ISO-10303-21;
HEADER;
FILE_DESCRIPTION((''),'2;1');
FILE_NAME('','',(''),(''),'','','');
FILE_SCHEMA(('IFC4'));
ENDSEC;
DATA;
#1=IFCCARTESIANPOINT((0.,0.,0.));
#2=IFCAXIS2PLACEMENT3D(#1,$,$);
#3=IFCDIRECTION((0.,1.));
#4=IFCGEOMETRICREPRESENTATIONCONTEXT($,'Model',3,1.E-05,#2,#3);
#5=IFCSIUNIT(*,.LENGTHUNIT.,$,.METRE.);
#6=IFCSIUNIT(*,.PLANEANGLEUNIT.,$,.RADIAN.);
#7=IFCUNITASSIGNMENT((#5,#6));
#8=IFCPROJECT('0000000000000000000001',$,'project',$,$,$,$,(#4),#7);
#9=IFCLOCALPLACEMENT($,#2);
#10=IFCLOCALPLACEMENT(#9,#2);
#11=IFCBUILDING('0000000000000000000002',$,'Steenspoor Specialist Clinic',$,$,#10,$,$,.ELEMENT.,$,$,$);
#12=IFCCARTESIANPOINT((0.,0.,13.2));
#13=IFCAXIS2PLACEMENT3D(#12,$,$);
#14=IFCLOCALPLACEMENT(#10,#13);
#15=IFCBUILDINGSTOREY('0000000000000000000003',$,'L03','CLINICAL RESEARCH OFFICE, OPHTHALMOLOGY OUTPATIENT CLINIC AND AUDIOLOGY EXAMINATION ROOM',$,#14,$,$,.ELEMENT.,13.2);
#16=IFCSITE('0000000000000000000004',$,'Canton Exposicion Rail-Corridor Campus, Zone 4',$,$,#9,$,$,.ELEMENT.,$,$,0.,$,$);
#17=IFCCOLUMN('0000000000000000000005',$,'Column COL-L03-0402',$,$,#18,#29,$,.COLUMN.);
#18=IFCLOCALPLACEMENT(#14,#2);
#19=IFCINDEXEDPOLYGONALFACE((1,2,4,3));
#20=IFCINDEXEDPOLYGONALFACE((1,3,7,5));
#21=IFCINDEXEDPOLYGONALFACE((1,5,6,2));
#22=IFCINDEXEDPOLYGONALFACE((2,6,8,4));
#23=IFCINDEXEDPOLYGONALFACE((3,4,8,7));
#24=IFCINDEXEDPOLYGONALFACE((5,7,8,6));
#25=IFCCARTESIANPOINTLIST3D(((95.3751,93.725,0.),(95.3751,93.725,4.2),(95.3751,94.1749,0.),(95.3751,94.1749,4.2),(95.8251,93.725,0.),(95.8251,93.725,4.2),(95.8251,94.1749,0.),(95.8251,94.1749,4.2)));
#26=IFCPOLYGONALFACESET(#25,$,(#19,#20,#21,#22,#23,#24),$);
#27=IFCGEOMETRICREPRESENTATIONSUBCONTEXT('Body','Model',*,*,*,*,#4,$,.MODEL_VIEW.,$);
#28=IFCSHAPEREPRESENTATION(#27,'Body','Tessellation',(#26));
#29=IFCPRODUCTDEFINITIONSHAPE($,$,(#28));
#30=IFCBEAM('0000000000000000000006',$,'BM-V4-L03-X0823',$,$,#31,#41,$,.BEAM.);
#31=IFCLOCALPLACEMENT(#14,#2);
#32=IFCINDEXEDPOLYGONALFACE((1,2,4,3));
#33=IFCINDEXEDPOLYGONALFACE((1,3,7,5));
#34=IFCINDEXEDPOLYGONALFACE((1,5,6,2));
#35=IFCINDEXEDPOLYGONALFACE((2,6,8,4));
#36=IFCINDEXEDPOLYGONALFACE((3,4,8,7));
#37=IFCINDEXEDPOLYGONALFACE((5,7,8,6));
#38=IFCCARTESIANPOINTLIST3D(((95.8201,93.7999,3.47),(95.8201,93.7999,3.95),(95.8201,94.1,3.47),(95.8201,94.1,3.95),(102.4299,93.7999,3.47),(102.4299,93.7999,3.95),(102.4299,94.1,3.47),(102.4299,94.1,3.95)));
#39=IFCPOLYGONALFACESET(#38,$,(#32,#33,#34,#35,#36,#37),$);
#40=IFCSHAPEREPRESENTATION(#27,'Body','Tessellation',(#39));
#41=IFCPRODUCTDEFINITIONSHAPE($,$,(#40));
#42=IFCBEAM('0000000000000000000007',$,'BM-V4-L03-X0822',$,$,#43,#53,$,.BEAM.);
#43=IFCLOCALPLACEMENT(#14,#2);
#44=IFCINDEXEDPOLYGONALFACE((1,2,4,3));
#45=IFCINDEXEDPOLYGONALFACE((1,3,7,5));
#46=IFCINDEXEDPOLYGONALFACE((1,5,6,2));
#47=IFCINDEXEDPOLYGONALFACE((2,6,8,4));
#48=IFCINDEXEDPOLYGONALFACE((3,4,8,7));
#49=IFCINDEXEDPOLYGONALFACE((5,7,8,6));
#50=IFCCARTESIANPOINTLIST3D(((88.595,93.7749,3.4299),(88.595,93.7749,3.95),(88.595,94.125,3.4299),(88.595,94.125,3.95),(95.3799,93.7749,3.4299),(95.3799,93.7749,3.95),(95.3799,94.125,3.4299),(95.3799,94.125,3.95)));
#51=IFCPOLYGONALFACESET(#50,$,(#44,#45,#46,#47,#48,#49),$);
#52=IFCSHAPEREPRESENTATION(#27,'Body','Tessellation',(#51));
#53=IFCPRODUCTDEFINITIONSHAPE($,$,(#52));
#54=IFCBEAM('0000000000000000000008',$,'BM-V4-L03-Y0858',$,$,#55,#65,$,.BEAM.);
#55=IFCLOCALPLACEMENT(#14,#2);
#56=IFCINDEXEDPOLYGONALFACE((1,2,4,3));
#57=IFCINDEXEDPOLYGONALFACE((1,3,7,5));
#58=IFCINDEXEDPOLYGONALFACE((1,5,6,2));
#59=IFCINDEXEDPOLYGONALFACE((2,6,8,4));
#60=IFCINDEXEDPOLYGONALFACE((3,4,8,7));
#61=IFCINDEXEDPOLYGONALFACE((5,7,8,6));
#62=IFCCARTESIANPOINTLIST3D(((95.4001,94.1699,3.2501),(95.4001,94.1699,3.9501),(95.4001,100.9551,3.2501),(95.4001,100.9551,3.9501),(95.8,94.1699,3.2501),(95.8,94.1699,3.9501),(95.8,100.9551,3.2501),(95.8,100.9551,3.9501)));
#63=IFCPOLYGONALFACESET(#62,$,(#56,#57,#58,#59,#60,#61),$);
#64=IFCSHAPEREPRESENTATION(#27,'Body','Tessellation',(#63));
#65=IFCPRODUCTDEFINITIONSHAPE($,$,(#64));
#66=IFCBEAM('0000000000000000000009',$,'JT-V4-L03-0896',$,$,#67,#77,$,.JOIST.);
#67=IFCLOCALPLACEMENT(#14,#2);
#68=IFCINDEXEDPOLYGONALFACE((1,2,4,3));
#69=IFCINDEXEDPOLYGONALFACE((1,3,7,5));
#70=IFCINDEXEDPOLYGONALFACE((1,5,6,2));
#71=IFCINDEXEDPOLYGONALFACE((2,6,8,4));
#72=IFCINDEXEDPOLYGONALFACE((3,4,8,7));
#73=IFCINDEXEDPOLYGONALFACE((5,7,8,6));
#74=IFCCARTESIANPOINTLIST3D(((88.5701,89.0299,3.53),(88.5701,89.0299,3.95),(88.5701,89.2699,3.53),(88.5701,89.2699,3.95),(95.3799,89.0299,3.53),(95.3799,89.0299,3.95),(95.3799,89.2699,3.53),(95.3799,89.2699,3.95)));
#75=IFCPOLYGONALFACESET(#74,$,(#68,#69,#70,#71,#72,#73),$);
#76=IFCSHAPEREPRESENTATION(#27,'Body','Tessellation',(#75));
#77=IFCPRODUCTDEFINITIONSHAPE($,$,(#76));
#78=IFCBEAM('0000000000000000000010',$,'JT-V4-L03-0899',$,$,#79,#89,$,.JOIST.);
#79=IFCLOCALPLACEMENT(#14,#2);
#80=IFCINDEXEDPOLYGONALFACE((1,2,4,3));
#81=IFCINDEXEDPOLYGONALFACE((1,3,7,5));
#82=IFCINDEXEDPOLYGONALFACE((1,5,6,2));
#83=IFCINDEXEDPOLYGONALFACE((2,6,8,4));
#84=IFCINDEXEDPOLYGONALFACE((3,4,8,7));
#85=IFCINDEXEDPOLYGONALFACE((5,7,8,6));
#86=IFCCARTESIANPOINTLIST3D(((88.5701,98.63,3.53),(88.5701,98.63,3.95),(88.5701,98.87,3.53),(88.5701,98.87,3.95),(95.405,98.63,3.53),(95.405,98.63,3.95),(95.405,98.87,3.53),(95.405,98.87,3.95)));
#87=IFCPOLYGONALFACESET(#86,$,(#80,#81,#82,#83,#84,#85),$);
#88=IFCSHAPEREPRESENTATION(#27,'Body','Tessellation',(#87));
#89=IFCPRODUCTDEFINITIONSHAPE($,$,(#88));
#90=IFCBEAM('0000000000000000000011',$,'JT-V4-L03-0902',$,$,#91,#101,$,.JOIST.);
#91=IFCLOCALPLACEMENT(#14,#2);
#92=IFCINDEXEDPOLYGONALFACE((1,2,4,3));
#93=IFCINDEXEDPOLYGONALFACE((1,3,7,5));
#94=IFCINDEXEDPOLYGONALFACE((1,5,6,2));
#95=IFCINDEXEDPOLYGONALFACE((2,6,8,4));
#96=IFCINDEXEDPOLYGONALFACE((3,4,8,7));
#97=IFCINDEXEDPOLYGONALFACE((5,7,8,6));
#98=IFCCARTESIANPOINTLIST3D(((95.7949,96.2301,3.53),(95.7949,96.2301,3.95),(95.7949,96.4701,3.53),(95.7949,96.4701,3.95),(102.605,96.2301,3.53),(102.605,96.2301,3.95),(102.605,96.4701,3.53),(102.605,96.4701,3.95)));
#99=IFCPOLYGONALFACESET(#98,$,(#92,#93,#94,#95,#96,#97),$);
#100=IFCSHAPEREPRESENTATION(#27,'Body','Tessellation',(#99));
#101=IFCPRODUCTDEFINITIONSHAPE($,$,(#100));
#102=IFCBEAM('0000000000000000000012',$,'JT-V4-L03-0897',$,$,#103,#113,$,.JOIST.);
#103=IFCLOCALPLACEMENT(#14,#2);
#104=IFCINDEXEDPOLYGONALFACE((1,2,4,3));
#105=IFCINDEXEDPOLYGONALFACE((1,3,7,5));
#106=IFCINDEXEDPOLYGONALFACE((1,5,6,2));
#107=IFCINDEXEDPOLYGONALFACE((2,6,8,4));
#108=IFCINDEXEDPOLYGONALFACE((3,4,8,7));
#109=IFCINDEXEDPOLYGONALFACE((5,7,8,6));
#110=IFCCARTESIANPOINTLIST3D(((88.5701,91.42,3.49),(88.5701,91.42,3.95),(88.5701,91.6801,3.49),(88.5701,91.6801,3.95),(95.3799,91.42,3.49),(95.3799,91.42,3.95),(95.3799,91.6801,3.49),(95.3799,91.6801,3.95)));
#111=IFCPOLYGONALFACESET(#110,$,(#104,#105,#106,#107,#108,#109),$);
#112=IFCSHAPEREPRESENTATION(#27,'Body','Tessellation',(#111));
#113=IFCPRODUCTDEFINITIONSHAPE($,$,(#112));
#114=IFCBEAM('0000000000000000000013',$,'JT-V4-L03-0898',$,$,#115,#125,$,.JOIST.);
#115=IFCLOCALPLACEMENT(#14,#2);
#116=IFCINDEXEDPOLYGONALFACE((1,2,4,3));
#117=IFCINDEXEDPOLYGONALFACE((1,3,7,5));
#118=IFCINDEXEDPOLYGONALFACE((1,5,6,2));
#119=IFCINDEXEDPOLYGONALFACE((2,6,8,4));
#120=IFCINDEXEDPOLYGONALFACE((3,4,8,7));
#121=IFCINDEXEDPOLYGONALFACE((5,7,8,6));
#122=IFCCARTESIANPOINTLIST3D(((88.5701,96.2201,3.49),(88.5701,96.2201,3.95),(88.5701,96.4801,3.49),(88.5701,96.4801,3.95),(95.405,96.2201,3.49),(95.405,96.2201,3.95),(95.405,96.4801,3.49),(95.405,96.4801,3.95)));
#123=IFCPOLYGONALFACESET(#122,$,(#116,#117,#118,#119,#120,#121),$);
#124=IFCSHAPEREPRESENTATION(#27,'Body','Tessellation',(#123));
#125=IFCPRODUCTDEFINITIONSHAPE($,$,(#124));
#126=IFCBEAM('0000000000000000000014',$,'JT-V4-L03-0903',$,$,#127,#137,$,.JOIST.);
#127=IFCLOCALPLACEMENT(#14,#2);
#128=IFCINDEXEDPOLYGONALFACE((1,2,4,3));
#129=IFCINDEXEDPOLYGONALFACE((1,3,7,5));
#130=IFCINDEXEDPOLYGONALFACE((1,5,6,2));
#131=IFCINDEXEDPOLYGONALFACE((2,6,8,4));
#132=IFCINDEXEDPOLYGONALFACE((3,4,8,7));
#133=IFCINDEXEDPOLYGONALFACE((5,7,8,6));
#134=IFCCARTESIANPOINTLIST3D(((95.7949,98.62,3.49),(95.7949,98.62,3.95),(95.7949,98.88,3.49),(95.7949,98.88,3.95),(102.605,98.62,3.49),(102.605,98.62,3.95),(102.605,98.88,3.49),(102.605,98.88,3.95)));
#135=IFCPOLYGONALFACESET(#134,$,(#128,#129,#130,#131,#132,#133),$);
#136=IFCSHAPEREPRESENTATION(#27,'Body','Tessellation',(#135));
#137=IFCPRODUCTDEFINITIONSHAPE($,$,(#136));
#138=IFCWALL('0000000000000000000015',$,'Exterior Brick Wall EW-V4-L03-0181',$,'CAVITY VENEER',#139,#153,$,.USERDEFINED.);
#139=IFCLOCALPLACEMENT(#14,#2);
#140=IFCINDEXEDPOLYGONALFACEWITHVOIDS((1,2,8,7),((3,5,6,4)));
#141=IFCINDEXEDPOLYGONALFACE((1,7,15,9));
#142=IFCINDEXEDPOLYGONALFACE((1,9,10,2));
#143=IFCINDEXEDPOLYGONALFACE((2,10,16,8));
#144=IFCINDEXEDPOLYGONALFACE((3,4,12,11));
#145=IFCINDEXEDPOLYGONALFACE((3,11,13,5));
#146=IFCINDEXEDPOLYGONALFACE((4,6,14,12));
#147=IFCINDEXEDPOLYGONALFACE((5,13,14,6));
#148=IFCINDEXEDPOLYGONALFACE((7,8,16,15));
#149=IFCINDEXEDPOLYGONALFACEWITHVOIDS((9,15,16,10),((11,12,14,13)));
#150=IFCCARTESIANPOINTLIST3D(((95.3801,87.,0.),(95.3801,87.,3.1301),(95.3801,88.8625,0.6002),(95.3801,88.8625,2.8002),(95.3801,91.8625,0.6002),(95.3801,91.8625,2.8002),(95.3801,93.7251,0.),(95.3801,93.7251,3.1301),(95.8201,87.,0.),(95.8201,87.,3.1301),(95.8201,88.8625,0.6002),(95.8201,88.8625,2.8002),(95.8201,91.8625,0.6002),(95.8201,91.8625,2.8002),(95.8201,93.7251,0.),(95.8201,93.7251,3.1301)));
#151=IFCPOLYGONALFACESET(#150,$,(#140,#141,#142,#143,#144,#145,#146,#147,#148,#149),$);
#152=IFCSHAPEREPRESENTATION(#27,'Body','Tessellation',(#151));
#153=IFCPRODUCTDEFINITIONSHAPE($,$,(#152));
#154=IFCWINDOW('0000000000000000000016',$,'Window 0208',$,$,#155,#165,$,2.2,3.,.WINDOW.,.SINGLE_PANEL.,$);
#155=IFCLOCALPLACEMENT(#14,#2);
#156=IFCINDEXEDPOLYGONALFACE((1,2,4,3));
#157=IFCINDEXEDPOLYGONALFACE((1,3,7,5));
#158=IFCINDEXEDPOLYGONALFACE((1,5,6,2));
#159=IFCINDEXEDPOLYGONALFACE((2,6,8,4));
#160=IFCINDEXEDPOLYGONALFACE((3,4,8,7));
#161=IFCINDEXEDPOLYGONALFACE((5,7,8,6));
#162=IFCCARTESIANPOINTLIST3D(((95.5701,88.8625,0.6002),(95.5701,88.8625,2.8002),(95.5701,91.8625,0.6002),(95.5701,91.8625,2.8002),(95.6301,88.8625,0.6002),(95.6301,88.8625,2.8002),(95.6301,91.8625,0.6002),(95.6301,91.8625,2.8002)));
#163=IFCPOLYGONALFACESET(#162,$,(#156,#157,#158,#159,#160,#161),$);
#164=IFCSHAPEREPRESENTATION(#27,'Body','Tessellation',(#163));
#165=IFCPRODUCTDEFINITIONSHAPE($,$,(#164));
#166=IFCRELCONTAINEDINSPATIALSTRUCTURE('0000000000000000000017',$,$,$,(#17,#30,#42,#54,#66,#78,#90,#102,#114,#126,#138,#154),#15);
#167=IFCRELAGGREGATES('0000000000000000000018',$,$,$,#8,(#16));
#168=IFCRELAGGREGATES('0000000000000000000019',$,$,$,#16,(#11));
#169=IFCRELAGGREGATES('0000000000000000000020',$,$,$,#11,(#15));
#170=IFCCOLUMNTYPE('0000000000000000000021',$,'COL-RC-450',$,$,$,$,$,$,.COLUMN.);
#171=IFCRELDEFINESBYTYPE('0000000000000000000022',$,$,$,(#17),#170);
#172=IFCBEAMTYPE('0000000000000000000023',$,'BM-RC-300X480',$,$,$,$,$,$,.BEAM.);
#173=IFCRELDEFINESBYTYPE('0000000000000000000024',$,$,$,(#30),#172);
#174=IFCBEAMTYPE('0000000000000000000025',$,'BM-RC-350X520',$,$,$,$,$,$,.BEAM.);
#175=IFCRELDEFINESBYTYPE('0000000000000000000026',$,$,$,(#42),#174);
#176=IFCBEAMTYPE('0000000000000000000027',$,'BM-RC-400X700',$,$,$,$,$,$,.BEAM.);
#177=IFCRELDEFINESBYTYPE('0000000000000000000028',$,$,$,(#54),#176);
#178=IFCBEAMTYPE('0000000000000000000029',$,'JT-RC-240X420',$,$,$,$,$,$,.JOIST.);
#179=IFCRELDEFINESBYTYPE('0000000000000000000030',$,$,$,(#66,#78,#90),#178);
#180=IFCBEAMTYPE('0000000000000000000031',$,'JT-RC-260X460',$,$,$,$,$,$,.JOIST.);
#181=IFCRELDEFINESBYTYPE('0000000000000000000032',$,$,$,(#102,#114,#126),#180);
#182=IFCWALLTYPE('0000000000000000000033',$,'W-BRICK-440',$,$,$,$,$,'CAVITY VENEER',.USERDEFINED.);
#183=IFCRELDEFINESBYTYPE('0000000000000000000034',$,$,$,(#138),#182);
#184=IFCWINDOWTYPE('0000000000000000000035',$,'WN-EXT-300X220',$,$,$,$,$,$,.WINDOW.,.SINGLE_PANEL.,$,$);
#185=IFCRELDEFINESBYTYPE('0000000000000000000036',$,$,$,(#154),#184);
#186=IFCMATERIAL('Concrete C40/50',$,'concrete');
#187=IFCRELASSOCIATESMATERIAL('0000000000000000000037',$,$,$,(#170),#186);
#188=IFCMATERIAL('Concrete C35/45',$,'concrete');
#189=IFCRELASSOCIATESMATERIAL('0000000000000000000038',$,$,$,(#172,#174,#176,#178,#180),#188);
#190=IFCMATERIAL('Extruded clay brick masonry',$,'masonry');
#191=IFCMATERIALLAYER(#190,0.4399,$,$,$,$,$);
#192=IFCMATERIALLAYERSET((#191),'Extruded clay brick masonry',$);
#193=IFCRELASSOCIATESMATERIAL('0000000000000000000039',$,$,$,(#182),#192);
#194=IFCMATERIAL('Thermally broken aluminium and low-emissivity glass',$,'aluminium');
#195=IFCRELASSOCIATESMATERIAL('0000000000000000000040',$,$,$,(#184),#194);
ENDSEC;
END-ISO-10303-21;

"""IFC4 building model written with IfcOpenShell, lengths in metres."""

from ifc_helpers import new_model, si_unit, direction, frame, frame_2d, origin, origin_2d, place, context, subcontext, project, spatial, rectangle, extrude, material, layer, layer_set, material_profile, profile_set, type_object, element, fill, save


model = new_model("IFC4")

# Units and contexts
model_context = context("Model", 3, precision=1e-05, world=origin(), true_north=direction((0.0, 1.0)))
body_context = subcontext(model_context, "Body", "Model", "MODEL_VIEW")
ifc_project = project(units=[si_unit("LENGTHUNIT", "METRE"), si_unit("PLANEANGLEUNIT", "RADIAN")], contexts=[model_context])

# Site, building, storey
site_placement = place(None, origin())
site = spatial("IfcSite", under=ifc_project, at=site_placement, Name="Canton Exposicion Rail-Corridor Campus, Zone 4", CompositionType="ELEMENT", RefElevation=0.0)
building_placement = place(site_placement, origin())
building = spatial("IfcBuilding", under=site, at=building_placement, Name="Steenspoor Specialist Clinic", CompositionType="ELEMENT")
storey_placement = place(building_placement, frame((0.0, 0.0, 13.2)))
storey = spatial("IfcBuildingStorey", under=building, at=storey_placement, Name="L03", Description="CLINICAL RESEARCH OFFICE, OPHTHALMOLOGY OUTPATIENT CLINIC AND AUDIOLOGY EXAMINATION ROOM", CompositionType="ELEMENT", Elevation=13.2)

# Column
ifc_material_1 = material(Name="Concrete C40/50", Category="concrete")
ifc_material_profile_1 = material_profile(ifc_material_1, rectangle(XDim=0.45, YDim=0.45, at=origin_2d()), Name="RC-COL-450X450")
ifc_profile_set_1 = profile_set([ifc_material_profile_1], Name="Concrete C40/50")
column_type = type_object("IfcColumnType", Name="COL-RC-450", PredefinedType="COLUMN", material=ifc_profile_set_1)
column_placement = place(storey_placement, frame((95.6001, 93.95, 0.0), z_axis=(0.0, 0.0, 1.0), x_axis=(1.0, 0.0, 0.0)))
element("IfcColumn", 1, at=column_placement, inside=storey, type_object=column_type, Name="Column COL-L03-0402", PredefinedType="COLUMN", context=body_context, shape_type="SweptSolid", body=[
    extrude(rectangle(XDim=0.45, YDim=0.45, at=origin_2d()), origin(), (0.0, 0.0, 1.0), 4.2),
])

# Beams
ifc_material_2 = material(Name="Concrete C35/45", Category="concrete")
ifc_material_profile_2 = material_profile(ifc_material_2, rectangle(XDim=0.3, YDim=0.48, at=origin_2d()), Name="RC-BM-300X480")
ifc_profile_set_2 = profile_set([ifc_material_profile_2], Name="Concrete C35/45")
beam_type_1 = type_object("IfcBeamType", Name="BM-RC-300X480", PredefinedType="BEAM", material=ifc_profile_set_2)
beam_1_placement = place(storey_placement, frame((95.8201, 93.95, 3.71), z_axis=(1.0, 0.0, 0.0), x_axis=(0.0, 1.0, 0.0)))
element("IfcBeam", 2, at=beam_1_placement, inside=storey, type_object=beam_type_1, Name="BM-V4-L03-X0823", PredefinedType="BEAM", context=body_context, shape_type="SweptSolid", body=[
    extrude(rectangle(XDim=0.3, YDim=0.48, at=origin_2d()), origin(), (0.0, 0.0, 1.0), 6.6099),
])
ifc_material_profile_3 = material_profile(ifc_material_2, rectangle(XDim=0.3501, YDim=0.52, at=origin_2d()), Name="RC-BM-350X520")
ifc_profile_set_3 = profile_set([ifc_material_profile_3], Name="Concrete C35/45")
beam_type_2 = type_object("IfcBeamType", Name="BM-RC-350X520", PredefinedType="BEAM", material=ifc_profile_set_3)
beam_2_placement = place(storey_placement, frame((88.595, 93.95, 3.6899), z_axis=(1.0, 0.0, 0.0), x_axis=(0.0, 1.0, 0.0)))
element("IfcBeam", 3, at=beam_2_placement, inside=storey, type_object=beam_type_2, Name="BM-V4-L03-X0822", PredefinedType="BEAM", context=body_context, shape_type="SweptSolid", body=[
    extrude(rectangle(XDim=0.3501, YDim=0.52, at=origin_2d()), origin(), (0.0, 0.0, 1.0), 6.7849),
])
ifc_material_profile_4 = material_profile(ifc_material_2, rectangle(XDim=0.3999, YDim=0.7, at=origin_2d()), Name="RC-BM-400X700")
ifc_profile_set_4 = profile_set([ifc_material_profile_4], Name="Concrete C35/45")
beam_type_3 = type_object("IfcBeamType", Name="BM-RC-400X700", PredefinedType="BEAM", material=ifc_profile_set_4)
beam_3_placement = place(storey_placement, frame((95.6001, 94.1699, 3.6001), z_axis=(0.0, 1.0, 0.0), x_axis=(-1.0, 0.0, 0.0)))
element("IfcBeam", 4, at=beam_3_placement, inside=storey, type_object=beam_type_3, Name="BM-V4-L03-Y0858", PredefinedType="BEAM", context=body_context, shape_type="SweptSolid", body=[
    extrude(rectangle(XDim=0.3999, YDim=0.7, at=origin_2d()), origin(), (0.0, 0.0, 1.0), 6.7852),
])
ifc_material_profile_5 = material_profile(ifc_material_2, rectangle(XDim=0.24, YDim=0.4199, at=origin_2d()), Name="RC-JT-240X420")
ifc_profile_set_5 = profile_set([ifc_material_profile_5], Name="Concrete C35/45")
beam_type_4 = type_object("IfcBeamType", Name="JT-RC-240X420", PredefinedType="JOIST", material=ifc_profile_set_5)
beam_4_placement = place(storey_placement, frame((88.5701, 89.1499, 3.74), z_axis=(1.0, 0.0, 0.0), x_axis=(0.0, 1.0, 0.0)))
element("IfcBeam", 5, at=beam_4_placement, inside=storey, type_object=beam_type_4, Name="JT-V4-L03-0896", PredefinedType="JOIST", context=body_context, shape_type="SweptSolid", body=[
    extrude(rectangle(XDim=0.24, YDim=0.4199, at=origin_2d()), origin(), (0.0, 0.0, 1.0), 6.8098),
])
beam_5_placement = place(storey_placement, frame((88.5701, 98.75, 3.74), z_axis=(1.0, 0.0, 0.0), x_axis=(0.0, 1.0, 0.0)))
element("IfcBeam", 6, at=beam_5_placement, inside=storey, type_object=beam_type_4, Name="JT-V4-L03-0899", PredefinedType="JOIST", context=body_context, shape_type="SweptSolid", body=[
    extrude(rectangle(XDim=0.24, YDim=0.4199, at=origin_2d()), origin(), (0.0, 0.0, 1.0), 6.835),
])
beam_6_placement = place(storey_placement, frame((95.7949, 96.3501, 3.74), z_axis=(1.0, 0.0, 0.0), x_axis=(0.0, 1.0, 0.0)))
element("IfcBeam", 7, at=beam_6_placement, inside=storey, type_object=beam_type_4, Name="JT-V4-L03-0902", PredefinedType="JOIST", context=body_context, shape_type="SweptSolid", body=[
    extrude(rectangle(XDim=0.24, YDim=0.4199, at=origin_2d()), origin(), (0.0, 0.0, 1.0), 6.8101),
])
ifc_material_profile_6 = material_profile(ifc_material_2, rectangle(XDim=0.26, YDim=0.46, at=origin_2d()), Name="RC-JT-260X460")
ifc_profile_set_6 = profile_set([ifc_material_profile_6], Name="Concrete C35/45")
beam_type_5 = type_object("IfcBeamType", Name="JT-RC-260X460", PredefinedType="JOIST", material=ifc_profile_set_6)
beam_7_placement = place(storey_placement, frame((88.5701, 91.55, 3.72), z_axis=(1.0, 0.0, 0.0), x_axis=(0.0, 1.0, 0.0)))
element("IfcBeam", 8, at=beam_7_placement, inside=storey, type_object=beam_type_5, Name="JT-V4-L03-0897", PredefinedType="JOIST", context=body_context, shape_type="SweptSolid", body=[
    extrude(rectangle(XDim=0.26, YDim=0.46, at=origin_2d()), origin(), (0.0, 0.0, 1.0), 6.8098),
])
beam_8_placement = place(storey_placement, frame((88.5701, 96.3501, 3.72), z_axis=(1.0, 0.0, 0.0), x_axis=(0.0, 1.0, 0.0)))
element("IfcBeam", 9, at=beam_8_placement, inside=storey, type_object=beam_type_5, Name="JT-V4-L03-0898", PredefinedType="JOIST", context=body_context, shape_type="SweptSolid", body=[
    extrude(rectangle(XDim=0.26, YDim=0.46, at=origin_2d()), origin(), (0.0, 0.0, 1.0), 6.835),
])
beam_9_placement = place(storey_placement, frame((95.7949, 98.75, 3.72), z_axis=(1.0, 0.0, 0.0), x_axis=(0.0, 1.0, 0.0)))
element("IfcBeam", 10, at=beam_9_placement, inside=storey, type_object=beam_type_5, Name="JT-V4-L03-0903", PredefinedType="JOIST", context=body_context, shape_type="SweptSolid", body=[
    extrude(rectangle(XDim=0.26, YDim=0.46, at=origin_2d()), origin(), (0.0, 0.0, 1.0), 6.8101),
])

# Wall, opening, window
ifc_material_3 = material(Name="Extruded clay brick masonry", Category="masonry")
ifc_layer_1 = layer(ifc_material_3, 0.4399)
ifc_layer_set_1 = layer_set([ifc_layer_1], Name="Extruded clay brick masonry")
wall_type_1 = type_object("IfcWallType", Name="W-BRICK-440", ElementType="CAVITY VENEER", PredefinedType="USERDEFINED", material=ifc_layer_set_1)
wall_1_placement = place(storey_placement, frame((95.6001, 93.7251, 0.0), z_axis=(0.0, 0.0, 1.0), x_axis=(0.0, -1.0, 0.0)))
wall_1 = element("IfcWall", 11, at=wall_1_placement, inside=storey, type_object=wall_type_1, Name="Exterior Brick Wall EW-V4-L03-0181", ObjectType="CAVITY VENEER", PredefinedType="USERDEFINED", context=body_context, shape_type="SweptSolid", body=[
    extrude(rectangle(XDim=6.7251, YDim=0.4399, at=frame_2d((3.3625, 0.0))), origin(), (0.0, 0.0, 1.0), 3.1301),
])
opening_1_placement = place(wall_1_placement, frame((1.8625, 0.0, 0.6001)))
opening_1 = element("IfcOpeningElement", 12, at=opening_1_placement, cuts=wall_1, PredefinedType="OPENING", context=body_context, shape_type="SweptSolid", body=[
    extrude(rectangle(XDim=3.0, YDim=2.2, at=frame_2d((1.5, 1.1001))), frame((0.0, 0.23, 0.0), z_axis=(0.0, -1.0, 0.0), x_axis=(1.0, 0.0, 0.0)), (0.0, 0.0, 1.0), 0.46),
])
ifc_material_4 = material(Name="Thermally broken aluminium and low-emissivity glass", Category="aluminium")
window_type = type_object("IfcWindowType", Name="WN-EXT-300X220", PartitioningType="SINGLE_PANEL", PredefinedType="WINDOW", material=ifc_material_4)
window_placement = place(opening_1_placement, origin())
window = element("IfcWindow", 13, at=window_placement, inside=storey, type_object=window_type, Name="Window 0208", OverallHeight=2.2, OverallWidth=3.0, PartitioningType="SINGLE_PANEL", PredefinedType="WINDOW", context=body_context, shape_type="SweptSolid", body=[
    extrude(rectangle(XDim=3.0, YDim=2.2, at=frame_2d((1.5, 1.1001))), frame((0.0, 0.03, 0.0), z_axis=(0.0, -1.0, 0.0), x_axis=(1.0, 0.0, 0.0)), (0.0, 0.0, 1.0), 0.0601),
])
fill(opening_1, window)

save(model, "model.ifc")
